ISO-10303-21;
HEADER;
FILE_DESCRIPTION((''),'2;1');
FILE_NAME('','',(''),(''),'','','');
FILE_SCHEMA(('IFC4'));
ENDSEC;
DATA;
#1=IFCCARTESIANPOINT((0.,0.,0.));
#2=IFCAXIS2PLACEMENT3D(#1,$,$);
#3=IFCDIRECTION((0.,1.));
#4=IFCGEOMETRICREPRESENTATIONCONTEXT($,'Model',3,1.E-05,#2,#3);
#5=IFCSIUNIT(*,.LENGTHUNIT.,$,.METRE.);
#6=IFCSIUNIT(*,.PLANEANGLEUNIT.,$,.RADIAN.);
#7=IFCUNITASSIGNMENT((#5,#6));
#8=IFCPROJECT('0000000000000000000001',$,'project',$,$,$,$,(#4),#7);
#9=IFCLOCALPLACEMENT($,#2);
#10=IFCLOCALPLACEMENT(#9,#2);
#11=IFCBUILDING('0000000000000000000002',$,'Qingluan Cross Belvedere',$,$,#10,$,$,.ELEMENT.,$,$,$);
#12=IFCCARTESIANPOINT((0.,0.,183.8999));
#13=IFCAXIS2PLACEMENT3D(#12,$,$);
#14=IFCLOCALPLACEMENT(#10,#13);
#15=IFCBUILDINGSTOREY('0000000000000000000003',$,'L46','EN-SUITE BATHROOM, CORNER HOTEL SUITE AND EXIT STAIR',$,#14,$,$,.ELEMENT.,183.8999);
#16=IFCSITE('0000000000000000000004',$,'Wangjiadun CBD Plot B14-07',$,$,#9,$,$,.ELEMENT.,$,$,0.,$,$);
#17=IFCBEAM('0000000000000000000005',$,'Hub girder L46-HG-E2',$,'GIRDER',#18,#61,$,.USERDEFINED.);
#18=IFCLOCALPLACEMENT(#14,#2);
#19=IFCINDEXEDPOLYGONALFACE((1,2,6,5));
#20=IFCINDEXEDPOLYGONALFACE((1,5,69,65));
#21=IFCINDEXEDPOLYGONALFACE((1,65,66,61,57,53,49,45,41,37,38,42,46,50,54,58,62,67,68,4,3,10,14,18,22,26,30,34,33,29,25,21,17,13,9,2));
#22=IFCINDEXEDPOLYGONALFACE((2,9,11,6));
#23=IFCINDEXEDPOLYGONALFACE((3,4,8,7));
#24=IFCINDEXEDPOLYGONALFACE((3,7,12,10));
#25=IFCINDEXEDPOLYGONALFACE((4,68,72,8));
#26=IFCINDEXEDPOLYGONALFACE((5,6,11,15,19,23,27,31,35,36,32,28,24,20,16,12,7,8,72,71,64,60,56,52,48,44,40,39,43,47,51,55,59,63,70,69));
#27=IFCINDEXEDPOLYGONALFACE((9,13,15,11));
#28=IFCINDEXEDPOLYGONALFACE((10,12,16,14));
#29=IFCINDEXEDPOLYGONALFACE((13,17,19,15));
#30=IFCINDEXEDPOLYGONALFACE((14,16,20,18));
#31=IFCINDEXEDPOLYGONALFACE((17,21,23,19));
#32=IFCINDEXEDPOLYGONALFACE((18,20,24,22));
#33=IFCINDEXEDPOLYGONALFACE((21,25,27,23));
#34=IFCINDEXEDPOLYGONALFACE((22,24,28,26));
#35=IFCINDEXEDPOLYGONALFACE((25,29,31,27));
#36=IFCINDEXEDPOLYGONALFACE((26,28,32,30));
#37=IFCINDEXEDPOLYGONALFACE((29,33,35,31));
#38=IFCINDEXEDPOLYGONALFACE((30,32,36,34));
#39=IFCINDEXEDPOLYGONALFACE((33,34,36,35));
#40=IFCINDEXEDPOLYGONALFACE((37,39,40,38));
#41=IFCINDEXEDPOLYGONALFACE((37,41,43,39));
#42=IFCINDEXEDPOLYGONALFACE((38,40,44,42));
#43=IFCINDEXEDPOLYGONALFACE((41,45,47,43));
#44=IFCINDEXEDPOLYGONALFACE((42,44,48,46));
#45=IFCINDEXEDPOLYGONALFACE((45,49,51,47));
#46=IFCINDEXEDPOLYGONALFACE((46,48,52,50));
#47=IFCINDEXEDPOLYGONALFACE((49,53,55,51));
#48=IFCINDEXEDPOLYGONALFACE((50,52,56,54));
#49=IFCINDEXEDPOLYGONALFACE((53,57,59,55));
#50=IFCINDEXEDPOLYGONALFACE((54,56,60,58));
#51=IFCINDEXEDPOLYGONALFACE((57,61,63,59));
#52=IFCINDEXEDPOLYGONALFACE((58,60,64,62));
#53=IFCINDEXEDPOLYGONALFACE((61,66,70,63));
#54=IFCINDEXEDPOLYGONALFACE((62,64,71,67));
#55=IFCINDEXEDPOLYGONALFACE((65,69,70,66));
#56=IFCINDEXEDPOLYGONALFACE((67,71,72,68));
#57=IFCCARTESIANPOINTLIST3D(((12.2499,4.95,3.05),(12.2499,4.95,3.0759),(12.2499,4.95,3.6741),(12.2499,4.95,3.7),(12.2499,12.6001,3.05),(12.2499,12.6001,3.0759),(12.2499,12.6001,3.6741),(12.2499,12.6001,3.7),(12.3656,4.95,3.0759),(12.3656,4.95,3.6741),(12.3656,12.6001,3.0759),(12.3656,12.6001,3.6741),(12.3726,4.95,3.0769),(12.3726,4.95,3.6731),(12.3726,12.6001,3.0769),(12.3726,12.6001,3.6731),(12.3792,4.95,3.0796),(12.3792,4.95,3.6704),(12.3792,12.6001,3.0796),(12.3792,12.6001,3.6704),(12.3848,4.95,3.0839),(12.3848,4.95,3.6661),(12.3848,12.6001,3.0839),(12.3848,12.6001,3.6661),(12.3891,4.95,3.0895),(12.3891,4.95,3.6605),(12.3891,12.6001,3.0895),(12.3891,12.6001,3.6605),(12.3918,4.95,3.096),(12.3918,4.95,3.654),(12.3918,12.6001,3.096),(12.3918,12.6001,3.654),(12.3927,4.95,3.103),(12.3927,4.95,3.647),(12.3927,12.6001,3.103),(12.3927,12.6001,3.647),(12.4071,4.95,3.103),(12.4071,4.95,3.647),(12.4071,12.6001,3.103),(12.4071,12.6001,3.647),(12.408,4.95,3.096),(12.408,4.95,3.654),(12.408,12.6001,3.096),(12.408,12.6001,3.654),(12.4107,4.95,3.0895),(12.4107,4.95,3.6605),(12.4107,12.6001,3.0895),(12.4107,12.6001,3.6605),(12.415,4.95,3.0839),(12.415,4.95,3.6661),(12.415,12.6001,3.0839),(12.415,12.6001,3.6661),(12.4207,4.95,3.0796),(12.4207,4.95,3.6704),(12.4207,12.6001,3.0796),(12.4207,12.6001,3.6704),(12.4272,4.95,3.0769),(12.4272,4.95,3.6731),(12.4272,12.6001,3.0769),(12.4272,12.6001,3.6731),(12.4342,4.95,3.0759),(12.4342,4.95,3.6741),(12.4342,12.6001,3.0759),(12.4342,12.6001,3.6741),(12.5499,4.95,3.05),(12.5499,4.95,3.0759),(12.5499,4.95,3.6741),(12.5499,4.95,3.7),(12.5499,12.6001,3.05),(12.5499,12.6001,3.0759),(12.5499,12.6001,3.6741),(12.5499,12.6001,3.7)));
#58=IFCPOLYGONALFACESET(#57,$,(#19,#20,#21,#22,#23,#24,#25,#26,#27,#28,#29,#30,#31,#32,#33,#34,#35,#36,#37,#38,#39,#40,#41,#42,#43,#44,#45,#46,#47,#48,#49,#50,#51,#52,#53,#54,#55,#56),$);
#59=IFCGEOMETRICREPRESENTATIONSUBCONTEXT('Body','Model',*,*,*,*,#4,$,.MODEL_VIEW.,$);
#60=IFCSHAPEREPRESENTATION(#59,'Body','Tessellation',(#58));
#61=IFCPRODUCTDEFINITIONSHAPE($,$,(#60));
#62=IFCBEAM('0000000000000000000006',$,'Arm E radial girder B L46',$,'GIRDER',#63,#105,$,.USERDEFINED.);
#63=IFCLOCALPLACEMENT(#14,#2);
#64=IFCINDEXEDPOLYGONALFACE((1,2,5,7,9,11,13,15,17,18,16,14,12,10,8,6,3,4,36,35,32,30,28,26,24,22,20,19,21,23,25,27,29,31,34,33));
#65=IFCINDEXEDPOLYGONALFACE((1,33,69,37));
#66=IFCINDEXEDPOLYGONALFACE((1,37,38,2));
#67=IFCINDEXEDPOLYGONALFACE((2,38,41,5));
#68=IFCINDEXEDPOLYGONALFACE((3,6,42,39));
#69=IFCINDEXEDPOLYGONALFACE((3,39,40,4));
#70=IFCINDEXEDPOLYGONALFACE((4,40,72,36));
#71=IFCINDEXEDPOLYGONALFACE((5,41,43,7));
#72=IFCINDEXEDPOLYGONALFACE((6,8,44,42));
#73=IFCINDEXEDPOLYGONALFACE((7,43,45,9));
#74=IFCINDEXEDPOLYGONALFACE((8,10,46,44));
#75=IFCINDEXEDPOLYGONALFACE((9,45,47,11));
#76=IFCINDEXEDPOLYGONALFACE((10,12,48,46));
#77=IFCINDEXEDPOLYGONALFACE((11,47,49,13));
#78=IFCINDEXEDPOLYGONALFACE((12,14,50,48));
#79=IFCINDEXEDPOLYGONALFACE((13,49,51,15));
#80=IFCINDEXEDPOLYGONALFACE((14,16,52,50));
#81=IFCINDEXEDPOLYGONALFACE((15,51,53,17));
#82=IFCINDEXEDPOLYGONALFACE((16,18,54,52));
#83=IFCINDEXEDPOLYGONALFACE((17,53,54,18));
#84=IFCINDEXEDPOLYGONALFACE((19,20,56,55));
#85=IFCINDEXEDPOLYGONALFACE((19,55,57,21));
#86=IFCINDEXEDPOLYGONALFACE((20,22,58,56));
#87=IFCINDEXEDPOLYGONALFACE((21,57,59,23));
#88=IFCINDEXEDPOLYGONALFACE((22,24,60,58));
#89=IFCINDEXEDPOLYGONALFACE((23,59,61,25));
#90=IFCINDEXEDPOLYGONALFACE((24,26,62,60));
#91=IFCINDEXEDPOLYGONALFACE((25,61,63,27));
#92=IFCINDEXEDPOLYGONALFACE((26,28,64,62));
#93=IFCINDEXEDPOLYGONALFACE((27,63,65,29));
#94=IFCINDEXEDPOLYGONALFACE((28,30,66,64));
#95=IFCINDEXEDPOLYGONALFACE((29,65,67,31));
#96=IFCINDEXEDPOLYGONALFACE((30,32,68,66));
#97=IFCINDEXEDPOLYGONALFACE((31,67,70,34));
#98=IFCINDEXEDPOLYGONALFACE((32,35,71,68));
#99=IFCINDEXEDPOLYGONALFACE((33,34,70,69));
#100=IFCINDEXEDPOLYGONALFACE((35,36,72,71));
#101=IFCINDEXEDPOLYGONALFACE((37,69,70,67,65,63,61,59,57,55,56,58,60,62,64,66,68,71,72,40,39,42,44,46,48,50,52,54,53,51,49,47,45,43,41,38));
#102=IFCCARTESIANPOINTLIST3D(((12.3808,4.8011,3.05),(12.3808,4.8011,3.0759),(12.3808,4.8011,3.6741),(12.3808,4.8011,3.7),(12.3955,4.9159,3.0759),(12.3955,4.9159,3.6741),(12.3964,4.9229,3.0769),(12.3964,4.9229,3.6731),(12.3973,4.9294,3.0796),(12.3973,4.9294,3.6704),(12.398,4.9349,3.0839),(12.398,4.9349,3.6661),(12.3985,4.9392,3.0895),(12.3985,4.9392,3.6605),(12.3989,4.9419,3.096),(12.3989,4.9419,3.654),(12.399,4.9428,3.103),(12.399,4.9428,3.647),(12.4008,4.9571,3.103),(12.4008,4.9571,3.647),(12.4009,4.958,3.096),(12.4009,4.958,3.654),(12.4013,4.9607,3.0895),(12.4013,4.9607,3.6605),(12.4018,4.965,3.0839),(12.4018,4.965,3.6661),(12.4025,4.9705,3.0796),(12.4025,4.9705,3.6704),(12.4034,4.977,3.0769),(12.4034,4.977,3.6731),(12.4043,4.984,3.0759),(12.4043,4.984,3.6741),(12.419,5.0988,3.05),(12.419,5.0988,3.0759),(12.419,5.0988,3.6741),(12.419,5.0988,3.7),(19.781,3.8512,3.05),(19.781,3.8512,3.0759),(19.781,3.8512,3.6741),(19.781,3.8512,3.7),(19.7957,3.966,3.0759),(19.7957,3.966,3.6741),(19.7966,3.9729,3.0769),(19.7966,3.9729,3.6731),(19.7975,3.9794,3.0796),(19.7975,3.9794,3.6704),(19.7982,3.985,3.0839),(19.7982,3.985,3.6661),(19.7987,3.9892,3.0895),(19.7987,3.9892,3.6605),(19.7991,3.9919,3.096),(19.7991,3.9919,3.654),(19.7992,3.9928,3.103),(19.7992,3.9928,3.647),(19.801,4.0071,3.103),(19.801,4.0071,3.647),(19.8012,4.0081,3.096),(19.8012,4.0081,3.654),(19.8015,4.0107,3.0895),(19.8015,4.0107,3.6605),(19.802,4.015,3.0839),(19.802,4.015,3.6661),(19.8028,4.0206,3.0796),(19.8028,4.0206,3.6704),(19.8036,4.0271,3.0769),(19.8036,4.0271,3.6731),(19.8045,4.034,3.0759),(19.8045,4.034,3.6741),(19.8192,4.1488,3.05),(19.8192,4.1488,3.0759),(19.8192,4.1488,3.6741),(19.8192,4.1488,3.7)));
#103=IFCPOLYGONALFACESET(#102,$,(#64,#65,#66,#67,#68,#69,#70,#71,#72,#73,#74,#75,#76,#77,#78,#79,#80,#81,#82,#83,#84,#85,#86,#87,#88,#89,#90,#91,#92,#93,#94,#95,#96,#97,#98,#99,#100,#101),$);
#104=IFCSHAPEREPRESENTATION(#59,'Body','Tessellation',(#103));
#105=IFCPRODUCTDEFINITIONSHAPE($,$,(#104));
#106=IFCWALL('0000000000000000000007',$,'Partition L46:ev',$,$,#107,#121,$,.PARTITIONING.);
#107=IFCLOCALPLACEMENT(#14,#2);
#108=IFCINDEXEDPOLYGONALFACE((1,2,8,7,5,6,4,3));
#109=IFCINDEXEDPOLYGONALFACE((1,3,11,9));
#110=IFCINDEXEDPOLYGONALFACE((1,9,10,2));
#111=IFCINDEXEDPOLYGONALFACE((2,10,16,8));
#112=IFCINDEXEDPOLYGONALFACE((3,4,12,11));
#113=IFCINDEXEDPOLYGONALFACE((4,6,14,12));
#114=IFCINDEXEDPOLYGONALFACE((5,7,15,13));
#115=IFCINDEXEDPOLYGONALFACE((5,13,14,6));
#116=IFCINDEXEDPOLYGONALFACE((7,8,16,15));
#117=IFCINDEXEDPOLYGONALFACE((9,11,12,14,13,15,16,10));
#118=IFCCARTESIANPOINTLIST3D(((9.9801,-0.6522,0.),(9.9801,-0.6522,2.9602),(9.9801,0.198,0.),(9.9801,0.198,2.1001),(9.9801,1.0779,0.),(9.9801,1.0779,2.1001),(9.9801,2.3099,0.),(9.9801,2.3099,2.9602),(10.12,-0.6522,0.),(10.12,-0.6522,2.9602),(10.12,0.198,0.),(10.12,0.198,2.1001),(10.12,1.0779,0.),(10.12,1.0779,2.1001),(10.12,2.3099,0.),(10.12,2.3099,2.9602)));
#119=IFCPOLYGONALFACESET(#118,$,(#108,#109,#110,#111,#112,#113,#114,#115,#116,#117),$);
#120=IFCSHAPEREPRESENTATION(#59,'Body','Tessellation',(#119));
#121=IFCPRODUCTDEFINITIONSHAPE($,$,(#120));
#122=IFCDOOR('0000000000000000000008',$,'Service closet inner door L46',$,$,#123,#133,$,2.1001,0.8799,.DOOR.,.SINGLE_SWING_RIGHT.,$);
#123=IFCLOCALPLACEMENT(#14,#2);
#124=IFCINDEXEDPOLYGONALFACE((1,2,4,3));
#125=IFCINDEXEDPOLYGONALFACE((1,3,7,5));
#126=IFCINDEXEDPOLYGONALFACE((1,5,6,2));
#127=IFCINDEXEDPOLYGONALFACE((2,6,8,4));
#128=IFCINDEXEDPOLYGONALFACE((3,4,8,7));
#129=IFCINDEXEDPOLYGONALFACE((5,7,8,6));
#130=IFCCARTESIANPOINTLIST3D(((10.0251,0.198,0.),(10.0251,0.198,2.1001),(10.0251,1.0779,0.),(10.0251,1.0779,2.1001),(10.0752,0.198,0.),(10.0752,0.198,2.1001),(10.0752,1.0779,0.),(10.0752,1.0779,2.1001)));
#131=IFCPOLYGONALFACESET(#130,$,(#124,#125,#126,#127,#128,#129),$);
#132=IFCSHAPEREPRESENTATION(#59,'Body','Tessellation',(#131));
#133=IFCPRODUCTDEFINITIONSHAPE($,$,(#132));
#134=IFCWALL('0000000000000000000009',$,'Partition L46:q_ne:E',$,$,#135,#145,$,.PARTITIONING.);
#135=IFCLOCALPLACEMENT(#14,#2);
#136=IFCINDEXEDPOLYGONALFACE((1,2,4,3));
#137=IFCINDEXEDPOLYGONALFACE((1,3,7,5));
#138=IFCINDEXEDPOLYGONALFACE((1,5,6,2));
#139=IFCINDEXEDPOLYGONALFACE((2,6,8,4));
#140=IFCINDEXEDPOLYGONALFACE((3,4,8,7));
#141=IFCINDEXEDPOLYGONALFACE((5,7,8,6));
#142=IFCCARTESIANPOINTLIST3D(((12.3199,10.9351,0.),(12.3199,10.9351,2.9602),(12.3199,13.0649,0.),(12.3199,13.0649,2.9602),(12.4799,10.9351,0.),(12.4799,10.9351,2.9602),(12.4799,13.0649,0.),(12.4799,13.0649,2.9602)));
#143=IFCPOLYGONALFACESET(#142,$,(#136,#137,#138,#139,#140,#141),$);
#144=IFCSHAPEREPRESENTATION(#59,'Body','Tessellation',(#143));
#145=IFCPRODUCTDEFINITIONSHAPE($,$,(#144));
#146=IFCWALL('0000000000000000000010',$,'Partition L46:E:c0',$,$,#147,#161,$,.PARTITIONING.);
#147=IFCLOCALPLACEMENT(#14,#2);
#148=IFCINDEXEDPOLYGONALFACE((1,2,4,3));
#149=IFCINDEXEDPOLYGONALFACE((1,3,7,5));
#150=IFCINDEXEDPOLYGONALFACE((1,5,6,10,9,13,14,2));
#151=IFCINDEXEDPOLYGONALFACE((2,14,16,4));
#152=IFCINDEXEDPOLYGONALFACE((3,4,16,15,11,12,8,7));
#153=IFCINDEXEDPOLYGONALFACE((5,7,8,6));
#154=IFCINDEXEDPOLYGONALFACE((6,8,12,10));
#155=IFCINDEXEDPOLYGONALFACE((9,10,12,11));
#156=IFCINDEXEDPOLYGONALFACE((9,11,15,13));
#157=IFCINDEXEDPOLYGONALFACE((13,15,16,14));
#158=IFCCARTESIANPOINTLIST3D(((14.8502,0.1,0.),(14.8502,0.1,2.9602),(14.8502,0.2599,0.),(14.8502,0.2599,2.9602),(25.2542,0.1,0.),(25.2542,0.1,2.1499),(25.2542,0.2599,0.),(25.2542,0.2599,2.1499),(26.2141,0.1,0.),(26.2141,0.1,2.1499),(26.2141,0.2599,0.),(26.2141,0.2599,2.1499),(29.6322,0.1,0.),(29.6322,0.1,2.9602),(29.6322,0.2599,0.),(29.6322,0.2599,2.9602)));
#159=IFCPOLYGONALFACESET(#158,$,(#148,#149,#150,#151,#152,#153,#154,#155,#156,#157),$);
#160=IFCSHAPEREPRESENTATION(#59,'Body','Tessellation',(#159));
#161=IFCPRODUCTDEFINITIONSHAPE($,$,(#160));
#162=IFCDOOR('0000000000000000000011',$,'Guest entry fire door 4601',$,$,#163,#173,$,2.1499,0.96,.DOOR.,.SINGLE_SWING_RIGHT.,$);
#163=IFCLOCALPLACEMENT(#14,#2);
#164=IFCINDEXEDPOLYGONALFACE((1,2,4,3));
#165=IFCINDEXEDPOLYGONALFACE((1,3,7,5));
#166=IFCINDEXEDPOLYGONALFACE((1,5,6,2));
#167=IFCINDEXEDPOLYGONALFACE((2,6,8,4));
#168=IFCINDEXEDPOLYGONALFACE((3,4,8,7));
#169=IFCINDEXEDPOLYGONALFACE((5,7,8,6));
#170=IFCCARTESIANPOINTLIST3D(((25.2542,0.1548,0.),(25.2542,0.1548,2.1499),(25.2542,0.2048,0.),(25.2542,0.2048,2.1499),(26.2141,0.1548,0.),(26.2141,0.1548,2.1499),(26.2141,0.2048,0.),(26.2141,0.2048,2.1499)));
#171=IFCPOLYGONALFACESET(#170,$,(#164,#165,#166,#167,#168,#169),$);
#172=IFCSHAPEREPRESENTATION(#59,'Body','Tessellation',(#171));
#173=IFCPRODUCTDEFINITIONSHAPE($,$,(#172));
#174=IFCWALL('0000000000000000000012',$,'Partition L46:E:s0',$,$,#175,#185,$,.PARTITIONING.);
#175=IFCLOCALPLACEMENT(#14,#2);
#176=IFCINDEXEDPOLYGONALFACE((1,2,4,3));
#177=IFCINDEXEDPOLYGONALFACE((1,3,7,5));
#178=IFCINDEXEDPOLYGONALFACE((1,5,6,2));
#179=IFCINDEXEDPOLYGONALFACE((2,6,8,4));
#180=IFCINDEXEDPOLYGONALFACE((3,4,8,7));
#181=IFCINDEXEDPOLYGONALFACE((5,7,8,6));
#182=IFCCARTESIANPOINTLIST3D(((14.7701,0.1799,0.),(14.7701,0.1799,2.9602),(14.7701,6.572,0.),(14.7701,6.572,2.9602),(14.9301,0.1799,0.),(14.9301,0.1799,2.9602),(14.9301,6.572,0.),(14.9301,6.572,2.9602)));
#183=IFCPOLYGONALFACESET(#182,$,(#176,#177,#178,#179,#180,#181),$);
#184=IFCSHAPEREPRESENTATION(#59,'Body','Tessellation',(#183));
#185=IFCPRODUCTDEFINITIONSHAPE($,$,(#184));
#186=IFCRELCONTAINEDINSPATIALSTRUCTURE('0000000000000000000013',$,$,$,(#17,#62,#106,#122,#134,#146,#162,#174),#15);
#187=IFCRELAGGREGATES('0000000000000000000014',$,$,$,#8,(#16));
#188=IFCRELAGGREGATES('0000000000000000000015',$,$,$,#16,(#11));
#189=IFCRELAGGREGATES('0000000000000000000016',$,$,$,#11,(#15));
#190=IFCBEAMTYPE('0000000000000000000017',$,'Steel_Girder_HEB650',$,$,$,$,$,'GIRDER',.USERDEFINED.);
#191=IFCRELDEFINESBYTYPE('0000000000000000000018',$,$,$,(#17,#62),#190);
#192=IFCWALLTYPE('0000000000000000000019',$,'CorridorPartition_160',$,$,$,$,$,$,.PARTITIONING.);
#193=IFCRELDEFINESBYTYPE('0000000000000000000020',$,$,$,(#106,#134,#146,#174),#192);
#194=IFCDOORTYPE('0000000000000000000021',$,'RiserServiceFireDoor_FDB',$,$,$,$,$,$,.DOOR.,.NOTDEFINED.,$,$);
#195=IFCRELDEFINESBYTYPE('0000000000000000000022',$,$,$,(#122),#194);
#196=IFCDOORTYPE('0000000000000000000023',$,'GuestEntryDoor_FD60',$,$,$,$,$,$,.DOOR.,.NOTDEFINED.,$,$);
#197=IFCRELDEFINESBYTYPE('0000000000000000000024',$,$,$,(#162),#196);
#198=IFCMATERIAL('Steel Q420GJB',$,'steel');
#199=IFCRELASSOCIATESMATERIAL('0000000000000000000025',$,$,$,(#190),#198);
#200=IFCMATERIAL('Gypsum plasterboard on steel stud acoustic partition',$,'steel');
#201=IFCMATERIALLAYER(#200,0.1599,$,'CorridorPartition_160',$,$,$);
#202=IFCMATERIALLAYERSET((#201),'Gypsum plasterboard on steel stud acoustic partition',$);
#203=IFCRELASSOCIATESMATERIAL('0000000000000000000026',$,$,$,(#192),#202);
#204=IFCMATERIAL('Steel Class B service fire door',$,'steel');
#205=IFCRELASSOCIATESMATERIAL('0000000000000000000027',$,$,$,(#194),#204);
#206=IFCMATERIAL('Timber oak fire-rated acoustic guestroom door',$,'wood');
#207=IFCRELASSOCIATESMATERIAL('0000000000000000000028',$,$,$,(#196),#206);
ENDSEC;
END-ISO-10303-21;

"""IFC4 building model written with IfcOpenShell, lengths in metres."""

from ifc_helpers import new_model, si_unit, direction, frame, frame_2d, origin, origin_2d, place, context, subcontext, project, spatial, rectangle, i_section, extrude, material, layer, layer_set, material_profile, profile_set, type_object, element, fill, save


model = new_model("IFC4")

# Units and contexts
model_context = context("Model", 3, precision=1e-05, world=origin(), true_north=direction((0.0, 1.0)))
body_context = subcontext(model_context, "Body", "Model", "MODEL_VIEW")
ifc_project = project(units=[si_unit("LENGTHUNIT", "METRE"), si_unit("PLANEANGLEUNIT", "RADIAN")], contexts=[model_context])

# Site, building, storey
site_placement = place(None, origin())
site = spatial("IfcSite", under=ifc_project, at=site_placement, Name="Wangjiadun CBD Plot B14-07", CompositionType="ELEMENT", RefElevation=0.0)
building_placement = place(site_placement, origin())
building = spatial("IfcBuilding", under=site, at=building_placement, Name="Qingluan Cross Belvedere", CompositionType="ELEMENT")
storey_placement = place(building_placement, frame((0.0, 0.0, 183.8999)))
storey = spatial("IfcBuildingStorey", under=building, at=storey_placement, Name="L46", Description="EN-SUITE BATHROOM, CORNER HOTEL SUITE AND EXIT STAIR", CompositionType="ELEMENT", Elevation=183.8999)

# Beams
ifc_material_1 = material(Name="Steel Q420GJB", Category="steel")
ifc_material_profile_1 = material_profile(ifc_material_1, i_section(OverallWidth=0.3, OverallDepth=0.6499, WebThickness=0.0144, FlangeThickness=0.0259, FilletRadius=0.0271, at=origin_2d()), Name="HEB650")
ifc_profile_set_1 = profile_set([ifc_material_profile_1], Name="Steel Q420GJB")
beam_type_1 = type_object("IfcBeamType", Name="Steel_Girder_HEB650", ElementType="GIRDER", PredefinedType="USERDEFINED", material=ifc_profile_set_1)
beam_1_placement = place(storey_placement, frame((12.3999, 4.95, 3.375), z_axis=(0.0, 1.0, 0.0), x_axis=(-1.0, 0.0, 0.0)))
element("IfcBeam", 1, at=beam_1_placement, inside=storey, type_object=beam_type_1, Name="Hub girder L46-HG-E2", ObjectType="GIRDER", PredefinedType="USERDEFINED", context=body_context, shape_type="SweptSolid", body=[
    extrude(i_section(OverallWidth=0.3, OverallDepth=0.6499, WebThickness=0.0144, FlangeThickness=0.0259, FilletRadius=0.0271, at=origin_2d()), origin(), (0.0, 0.0, 1.0), 7.6501),
])
beam_2_placement = place(storey_placement, frame((12.3999, 4.95, 3.375), z_axis=(0.991861, -0.127324, 0.0), x_axis=(0.127324, 0.991861, 0.0)))
element("IfcBeam", 2, at=beam_2_placement, inside=storey, type_object=beam_type_1, Name="Arm E radial girder B L46", ObjectType="GIRDER", PredefinedType="USERDEFINED", context=body_context, shape_type="SweptSolid", body=[
    extrude(i_section(OverallWidth=0.3, OverallDepth=0.6499, WebThickness=0.0144, FlangeThickness=0.0259, FilletRadius=0.0271, at=origin_2d()), origin(), (0.0, 0.0, 1.0), 7.4609),
])

# Wall, opening, door
ifc_material_2 = material(Name="Gypsum plasterboard on steel stud acoustic partition", Category="steel")
ifc_layer_1 = layer(ifc_material_2, 0.1599, Name="CorridorPartition_160")
ifc_layer_set_1 = layer_set([ifc_layer_1], Name="Gypsum plasterboard on steel stud acoustic partition")
wall_type_1 = type_object("IfcWallType", Name="CorridorPartition_160", PredefinedType="PARTITIONING", material=ifc_layer_set_1)
wall_1_placement = place(storey_placement, frame((10.05, -0.6521, 0.0), z_axis=(0.0, 0.0, 1.0), x_axis=(0.0, 1.0, 0.0)))
wall_1 = element("IfcWall", 3, at=wall_1_placement, inside=storey, type_object=wall_type_1, Name="Partition L46:ev", PredefinedType="PARTITIONING", context=body_context, shape_type="SweptSolid", body=[
    extrude(rectangle(XDim=2.9622, YDim=0.1399, at=frame_2d((1.481, 0.0))), origin(), (0.0, 0.0, 1.0), 2.9602),
])
opening_1_placement = place(wall_1_placement, frame((0.8501, 0.0, 0.0)))
opening_1 = element("IfcOpeningElement", 4, at=opening_1_placement, cuts=wall_1, PredefinedType="OPENING", context=body_context, shape_type="SweptSolid", body=[
    extrude(rectangle(XDim=0.8799, YDim=2.1001, at=frame_2d((0.4399, 1.05))), frame((0.0, 0.0798, 0.0), z_axis=(0.0, -1.0, 0.0), x_axis=(1.0, 0.0, 0.0)), (0.0, 0.0, 1.0), 0.1599),
])
ifc_material_3 = material(Name="Steel Class B service fire door", Category="steel")
door_type_1 = type_object("IfcDoorType", Name="RiserServiceFireDoor_FDB", OperationType="NOTDEFINED", PredefinedType="DOOR", material=ifc_material_3)
door_1_placement = place(opening_1_placement, origin())
door_1 = element("IfcDoor", 5, at=door_1_placement, inside=storey, type_object=door_type_1, Name="Service closet inner door L46", OperationType="SINGLE_SWING_RIGHT", OverallHeight=2.1001, OverallWidth=0.8799, PredefinedType="DOOR", context=body_context, shape_type="SweptSolid", body=[
    extrude(rectangle(XDim=0.8799, YDim=2.1001, at=frame_2d((0.4399, 1.05))), frame((0.0, 0.0249, 0.0), z_axis=(0.0, -1.0, 0.0), x_axis=(1.0, 0.0, 0.0)), (0.0, 0.0, 1.0), 0.05),
])
fill(opening_1, door_1)

# Wall
wall_2_placement = place(storey_placement, frame((12.3999, 10.9351, 0.0), z_axis=(0.0, 0.0, 1.0), x_axis=(0.0, 1.0, 0.0)))
element("IfcWall", 6, at=wall_2_placement, inside=storey, type_object=wall_type_1, Name="Partition L46:q_ne:E", PredefinedType="PARTITIONING", context=body_context, shape_type="SweptSolid", body=[
    extrude(rectangle(XDim=2.1299, YDim=0.1599, at=frame_2d((1.0649, 0.0))), origin(), (0.0, 0.0, 1.0), 2.9602),
])

# Wall, opening, door
wall_3_placement = place(storey_placement, frame((14.8501, 0.1799, 0.0), z_axis=(0.0, 0.0, 1.0), x_axis=(1.0, 0.0, 0.0)))
wall_3 = element("IfcWall", 7, at=wall_3_placement, inside=storey, type_object=wall_type_1, Name="Partition L46:E:c0", PredefinedType="PARTITIONING", context=body_context, shape_type="SweptSolid", body=[
    extrude(rectangle(XDim=14.782, YDim=0.1599, at=frame_2d((7.3911, 0.0))), origin(), (0.0, 0.0, 1.0), 2.9602),
])
opening_2_placement = place(wall_3_placement, frame((10.4041, 0.0, 0.0)))
opening_2 = element("IfcOpeningElement", 8, at=opening_2_placement, cuts=wall_3, PredefinedType="OPENING", context=body_context, shape_type="SweptSolid", body=[
    extrude(rectangle(XDim=0.96, YDim=2.1499, at=frame_2d((0.48, 1.075))), frame((0.0, 0.0898, 0.0), z_axis=(0.0, -1.0, 0.0), x_axis=(1.0, 0.0, 0.0)), (0.0, 0.0, 1.0), 0.1799),
])
ifc_material_4 = material(Name="Timber oak fire-rated acoustic guestroom door", Category="wood")
door_type_2 = type_object("IfcDoorType", Name="GuestEntryDoor_FD60", OperationType="NOTDEFINED", PredefinedType="DOOR", material=ifc_material_4)
door_2_placement = place(opening_2_placement, origin())
door_2 = element("IfcDoor", 9, at=door_2_placement, inside=storey, type_object=door_type_2, Name="Guest entry fire door 4601", OperationType="SINGLE_SWING_RIGHT", OverallHeight=2.1499, OverallWidth=0.96, PredefinedType="DOOR", context=body_context, shape_type="SweptSolid", body=[
    extrude(rectangle(XDim=0.96, YDim=2.1499, at=frame_2d((0.48, 1.075))), frame((0.0, 0.0249, 0.0), z_axis=(0.0, -1.0, 0.0), x_axis=(1.0, 0.0, 0.0)), (0.0, 0.0, 1.0), 0.05),
])
fill(opening_2, door_2)

# Wall
wall_4_placement = place(storey_placement, frame((14.8501, 0.1799, 0.0), z_axis=(0.0, 0.0, 1.0), x_axis=(0.0, 1.0, 0.0)))
element("IfcWall", 10, at=wall_4_placement, inside=storey, type_object=wall_type_1, Name="Partition L46:E:s0", PredefinedType="PARTITIONING", context=body_context, shape_type="SweptSolid", body=[
    extrude(rectangle(XDim=6.3921, YDim=0.1599, at=frame_2d((3.196, 0.0))), origin(), (0.0, 0.0, 1.0), 2.9602),
])

save(model, "model.ifc")
